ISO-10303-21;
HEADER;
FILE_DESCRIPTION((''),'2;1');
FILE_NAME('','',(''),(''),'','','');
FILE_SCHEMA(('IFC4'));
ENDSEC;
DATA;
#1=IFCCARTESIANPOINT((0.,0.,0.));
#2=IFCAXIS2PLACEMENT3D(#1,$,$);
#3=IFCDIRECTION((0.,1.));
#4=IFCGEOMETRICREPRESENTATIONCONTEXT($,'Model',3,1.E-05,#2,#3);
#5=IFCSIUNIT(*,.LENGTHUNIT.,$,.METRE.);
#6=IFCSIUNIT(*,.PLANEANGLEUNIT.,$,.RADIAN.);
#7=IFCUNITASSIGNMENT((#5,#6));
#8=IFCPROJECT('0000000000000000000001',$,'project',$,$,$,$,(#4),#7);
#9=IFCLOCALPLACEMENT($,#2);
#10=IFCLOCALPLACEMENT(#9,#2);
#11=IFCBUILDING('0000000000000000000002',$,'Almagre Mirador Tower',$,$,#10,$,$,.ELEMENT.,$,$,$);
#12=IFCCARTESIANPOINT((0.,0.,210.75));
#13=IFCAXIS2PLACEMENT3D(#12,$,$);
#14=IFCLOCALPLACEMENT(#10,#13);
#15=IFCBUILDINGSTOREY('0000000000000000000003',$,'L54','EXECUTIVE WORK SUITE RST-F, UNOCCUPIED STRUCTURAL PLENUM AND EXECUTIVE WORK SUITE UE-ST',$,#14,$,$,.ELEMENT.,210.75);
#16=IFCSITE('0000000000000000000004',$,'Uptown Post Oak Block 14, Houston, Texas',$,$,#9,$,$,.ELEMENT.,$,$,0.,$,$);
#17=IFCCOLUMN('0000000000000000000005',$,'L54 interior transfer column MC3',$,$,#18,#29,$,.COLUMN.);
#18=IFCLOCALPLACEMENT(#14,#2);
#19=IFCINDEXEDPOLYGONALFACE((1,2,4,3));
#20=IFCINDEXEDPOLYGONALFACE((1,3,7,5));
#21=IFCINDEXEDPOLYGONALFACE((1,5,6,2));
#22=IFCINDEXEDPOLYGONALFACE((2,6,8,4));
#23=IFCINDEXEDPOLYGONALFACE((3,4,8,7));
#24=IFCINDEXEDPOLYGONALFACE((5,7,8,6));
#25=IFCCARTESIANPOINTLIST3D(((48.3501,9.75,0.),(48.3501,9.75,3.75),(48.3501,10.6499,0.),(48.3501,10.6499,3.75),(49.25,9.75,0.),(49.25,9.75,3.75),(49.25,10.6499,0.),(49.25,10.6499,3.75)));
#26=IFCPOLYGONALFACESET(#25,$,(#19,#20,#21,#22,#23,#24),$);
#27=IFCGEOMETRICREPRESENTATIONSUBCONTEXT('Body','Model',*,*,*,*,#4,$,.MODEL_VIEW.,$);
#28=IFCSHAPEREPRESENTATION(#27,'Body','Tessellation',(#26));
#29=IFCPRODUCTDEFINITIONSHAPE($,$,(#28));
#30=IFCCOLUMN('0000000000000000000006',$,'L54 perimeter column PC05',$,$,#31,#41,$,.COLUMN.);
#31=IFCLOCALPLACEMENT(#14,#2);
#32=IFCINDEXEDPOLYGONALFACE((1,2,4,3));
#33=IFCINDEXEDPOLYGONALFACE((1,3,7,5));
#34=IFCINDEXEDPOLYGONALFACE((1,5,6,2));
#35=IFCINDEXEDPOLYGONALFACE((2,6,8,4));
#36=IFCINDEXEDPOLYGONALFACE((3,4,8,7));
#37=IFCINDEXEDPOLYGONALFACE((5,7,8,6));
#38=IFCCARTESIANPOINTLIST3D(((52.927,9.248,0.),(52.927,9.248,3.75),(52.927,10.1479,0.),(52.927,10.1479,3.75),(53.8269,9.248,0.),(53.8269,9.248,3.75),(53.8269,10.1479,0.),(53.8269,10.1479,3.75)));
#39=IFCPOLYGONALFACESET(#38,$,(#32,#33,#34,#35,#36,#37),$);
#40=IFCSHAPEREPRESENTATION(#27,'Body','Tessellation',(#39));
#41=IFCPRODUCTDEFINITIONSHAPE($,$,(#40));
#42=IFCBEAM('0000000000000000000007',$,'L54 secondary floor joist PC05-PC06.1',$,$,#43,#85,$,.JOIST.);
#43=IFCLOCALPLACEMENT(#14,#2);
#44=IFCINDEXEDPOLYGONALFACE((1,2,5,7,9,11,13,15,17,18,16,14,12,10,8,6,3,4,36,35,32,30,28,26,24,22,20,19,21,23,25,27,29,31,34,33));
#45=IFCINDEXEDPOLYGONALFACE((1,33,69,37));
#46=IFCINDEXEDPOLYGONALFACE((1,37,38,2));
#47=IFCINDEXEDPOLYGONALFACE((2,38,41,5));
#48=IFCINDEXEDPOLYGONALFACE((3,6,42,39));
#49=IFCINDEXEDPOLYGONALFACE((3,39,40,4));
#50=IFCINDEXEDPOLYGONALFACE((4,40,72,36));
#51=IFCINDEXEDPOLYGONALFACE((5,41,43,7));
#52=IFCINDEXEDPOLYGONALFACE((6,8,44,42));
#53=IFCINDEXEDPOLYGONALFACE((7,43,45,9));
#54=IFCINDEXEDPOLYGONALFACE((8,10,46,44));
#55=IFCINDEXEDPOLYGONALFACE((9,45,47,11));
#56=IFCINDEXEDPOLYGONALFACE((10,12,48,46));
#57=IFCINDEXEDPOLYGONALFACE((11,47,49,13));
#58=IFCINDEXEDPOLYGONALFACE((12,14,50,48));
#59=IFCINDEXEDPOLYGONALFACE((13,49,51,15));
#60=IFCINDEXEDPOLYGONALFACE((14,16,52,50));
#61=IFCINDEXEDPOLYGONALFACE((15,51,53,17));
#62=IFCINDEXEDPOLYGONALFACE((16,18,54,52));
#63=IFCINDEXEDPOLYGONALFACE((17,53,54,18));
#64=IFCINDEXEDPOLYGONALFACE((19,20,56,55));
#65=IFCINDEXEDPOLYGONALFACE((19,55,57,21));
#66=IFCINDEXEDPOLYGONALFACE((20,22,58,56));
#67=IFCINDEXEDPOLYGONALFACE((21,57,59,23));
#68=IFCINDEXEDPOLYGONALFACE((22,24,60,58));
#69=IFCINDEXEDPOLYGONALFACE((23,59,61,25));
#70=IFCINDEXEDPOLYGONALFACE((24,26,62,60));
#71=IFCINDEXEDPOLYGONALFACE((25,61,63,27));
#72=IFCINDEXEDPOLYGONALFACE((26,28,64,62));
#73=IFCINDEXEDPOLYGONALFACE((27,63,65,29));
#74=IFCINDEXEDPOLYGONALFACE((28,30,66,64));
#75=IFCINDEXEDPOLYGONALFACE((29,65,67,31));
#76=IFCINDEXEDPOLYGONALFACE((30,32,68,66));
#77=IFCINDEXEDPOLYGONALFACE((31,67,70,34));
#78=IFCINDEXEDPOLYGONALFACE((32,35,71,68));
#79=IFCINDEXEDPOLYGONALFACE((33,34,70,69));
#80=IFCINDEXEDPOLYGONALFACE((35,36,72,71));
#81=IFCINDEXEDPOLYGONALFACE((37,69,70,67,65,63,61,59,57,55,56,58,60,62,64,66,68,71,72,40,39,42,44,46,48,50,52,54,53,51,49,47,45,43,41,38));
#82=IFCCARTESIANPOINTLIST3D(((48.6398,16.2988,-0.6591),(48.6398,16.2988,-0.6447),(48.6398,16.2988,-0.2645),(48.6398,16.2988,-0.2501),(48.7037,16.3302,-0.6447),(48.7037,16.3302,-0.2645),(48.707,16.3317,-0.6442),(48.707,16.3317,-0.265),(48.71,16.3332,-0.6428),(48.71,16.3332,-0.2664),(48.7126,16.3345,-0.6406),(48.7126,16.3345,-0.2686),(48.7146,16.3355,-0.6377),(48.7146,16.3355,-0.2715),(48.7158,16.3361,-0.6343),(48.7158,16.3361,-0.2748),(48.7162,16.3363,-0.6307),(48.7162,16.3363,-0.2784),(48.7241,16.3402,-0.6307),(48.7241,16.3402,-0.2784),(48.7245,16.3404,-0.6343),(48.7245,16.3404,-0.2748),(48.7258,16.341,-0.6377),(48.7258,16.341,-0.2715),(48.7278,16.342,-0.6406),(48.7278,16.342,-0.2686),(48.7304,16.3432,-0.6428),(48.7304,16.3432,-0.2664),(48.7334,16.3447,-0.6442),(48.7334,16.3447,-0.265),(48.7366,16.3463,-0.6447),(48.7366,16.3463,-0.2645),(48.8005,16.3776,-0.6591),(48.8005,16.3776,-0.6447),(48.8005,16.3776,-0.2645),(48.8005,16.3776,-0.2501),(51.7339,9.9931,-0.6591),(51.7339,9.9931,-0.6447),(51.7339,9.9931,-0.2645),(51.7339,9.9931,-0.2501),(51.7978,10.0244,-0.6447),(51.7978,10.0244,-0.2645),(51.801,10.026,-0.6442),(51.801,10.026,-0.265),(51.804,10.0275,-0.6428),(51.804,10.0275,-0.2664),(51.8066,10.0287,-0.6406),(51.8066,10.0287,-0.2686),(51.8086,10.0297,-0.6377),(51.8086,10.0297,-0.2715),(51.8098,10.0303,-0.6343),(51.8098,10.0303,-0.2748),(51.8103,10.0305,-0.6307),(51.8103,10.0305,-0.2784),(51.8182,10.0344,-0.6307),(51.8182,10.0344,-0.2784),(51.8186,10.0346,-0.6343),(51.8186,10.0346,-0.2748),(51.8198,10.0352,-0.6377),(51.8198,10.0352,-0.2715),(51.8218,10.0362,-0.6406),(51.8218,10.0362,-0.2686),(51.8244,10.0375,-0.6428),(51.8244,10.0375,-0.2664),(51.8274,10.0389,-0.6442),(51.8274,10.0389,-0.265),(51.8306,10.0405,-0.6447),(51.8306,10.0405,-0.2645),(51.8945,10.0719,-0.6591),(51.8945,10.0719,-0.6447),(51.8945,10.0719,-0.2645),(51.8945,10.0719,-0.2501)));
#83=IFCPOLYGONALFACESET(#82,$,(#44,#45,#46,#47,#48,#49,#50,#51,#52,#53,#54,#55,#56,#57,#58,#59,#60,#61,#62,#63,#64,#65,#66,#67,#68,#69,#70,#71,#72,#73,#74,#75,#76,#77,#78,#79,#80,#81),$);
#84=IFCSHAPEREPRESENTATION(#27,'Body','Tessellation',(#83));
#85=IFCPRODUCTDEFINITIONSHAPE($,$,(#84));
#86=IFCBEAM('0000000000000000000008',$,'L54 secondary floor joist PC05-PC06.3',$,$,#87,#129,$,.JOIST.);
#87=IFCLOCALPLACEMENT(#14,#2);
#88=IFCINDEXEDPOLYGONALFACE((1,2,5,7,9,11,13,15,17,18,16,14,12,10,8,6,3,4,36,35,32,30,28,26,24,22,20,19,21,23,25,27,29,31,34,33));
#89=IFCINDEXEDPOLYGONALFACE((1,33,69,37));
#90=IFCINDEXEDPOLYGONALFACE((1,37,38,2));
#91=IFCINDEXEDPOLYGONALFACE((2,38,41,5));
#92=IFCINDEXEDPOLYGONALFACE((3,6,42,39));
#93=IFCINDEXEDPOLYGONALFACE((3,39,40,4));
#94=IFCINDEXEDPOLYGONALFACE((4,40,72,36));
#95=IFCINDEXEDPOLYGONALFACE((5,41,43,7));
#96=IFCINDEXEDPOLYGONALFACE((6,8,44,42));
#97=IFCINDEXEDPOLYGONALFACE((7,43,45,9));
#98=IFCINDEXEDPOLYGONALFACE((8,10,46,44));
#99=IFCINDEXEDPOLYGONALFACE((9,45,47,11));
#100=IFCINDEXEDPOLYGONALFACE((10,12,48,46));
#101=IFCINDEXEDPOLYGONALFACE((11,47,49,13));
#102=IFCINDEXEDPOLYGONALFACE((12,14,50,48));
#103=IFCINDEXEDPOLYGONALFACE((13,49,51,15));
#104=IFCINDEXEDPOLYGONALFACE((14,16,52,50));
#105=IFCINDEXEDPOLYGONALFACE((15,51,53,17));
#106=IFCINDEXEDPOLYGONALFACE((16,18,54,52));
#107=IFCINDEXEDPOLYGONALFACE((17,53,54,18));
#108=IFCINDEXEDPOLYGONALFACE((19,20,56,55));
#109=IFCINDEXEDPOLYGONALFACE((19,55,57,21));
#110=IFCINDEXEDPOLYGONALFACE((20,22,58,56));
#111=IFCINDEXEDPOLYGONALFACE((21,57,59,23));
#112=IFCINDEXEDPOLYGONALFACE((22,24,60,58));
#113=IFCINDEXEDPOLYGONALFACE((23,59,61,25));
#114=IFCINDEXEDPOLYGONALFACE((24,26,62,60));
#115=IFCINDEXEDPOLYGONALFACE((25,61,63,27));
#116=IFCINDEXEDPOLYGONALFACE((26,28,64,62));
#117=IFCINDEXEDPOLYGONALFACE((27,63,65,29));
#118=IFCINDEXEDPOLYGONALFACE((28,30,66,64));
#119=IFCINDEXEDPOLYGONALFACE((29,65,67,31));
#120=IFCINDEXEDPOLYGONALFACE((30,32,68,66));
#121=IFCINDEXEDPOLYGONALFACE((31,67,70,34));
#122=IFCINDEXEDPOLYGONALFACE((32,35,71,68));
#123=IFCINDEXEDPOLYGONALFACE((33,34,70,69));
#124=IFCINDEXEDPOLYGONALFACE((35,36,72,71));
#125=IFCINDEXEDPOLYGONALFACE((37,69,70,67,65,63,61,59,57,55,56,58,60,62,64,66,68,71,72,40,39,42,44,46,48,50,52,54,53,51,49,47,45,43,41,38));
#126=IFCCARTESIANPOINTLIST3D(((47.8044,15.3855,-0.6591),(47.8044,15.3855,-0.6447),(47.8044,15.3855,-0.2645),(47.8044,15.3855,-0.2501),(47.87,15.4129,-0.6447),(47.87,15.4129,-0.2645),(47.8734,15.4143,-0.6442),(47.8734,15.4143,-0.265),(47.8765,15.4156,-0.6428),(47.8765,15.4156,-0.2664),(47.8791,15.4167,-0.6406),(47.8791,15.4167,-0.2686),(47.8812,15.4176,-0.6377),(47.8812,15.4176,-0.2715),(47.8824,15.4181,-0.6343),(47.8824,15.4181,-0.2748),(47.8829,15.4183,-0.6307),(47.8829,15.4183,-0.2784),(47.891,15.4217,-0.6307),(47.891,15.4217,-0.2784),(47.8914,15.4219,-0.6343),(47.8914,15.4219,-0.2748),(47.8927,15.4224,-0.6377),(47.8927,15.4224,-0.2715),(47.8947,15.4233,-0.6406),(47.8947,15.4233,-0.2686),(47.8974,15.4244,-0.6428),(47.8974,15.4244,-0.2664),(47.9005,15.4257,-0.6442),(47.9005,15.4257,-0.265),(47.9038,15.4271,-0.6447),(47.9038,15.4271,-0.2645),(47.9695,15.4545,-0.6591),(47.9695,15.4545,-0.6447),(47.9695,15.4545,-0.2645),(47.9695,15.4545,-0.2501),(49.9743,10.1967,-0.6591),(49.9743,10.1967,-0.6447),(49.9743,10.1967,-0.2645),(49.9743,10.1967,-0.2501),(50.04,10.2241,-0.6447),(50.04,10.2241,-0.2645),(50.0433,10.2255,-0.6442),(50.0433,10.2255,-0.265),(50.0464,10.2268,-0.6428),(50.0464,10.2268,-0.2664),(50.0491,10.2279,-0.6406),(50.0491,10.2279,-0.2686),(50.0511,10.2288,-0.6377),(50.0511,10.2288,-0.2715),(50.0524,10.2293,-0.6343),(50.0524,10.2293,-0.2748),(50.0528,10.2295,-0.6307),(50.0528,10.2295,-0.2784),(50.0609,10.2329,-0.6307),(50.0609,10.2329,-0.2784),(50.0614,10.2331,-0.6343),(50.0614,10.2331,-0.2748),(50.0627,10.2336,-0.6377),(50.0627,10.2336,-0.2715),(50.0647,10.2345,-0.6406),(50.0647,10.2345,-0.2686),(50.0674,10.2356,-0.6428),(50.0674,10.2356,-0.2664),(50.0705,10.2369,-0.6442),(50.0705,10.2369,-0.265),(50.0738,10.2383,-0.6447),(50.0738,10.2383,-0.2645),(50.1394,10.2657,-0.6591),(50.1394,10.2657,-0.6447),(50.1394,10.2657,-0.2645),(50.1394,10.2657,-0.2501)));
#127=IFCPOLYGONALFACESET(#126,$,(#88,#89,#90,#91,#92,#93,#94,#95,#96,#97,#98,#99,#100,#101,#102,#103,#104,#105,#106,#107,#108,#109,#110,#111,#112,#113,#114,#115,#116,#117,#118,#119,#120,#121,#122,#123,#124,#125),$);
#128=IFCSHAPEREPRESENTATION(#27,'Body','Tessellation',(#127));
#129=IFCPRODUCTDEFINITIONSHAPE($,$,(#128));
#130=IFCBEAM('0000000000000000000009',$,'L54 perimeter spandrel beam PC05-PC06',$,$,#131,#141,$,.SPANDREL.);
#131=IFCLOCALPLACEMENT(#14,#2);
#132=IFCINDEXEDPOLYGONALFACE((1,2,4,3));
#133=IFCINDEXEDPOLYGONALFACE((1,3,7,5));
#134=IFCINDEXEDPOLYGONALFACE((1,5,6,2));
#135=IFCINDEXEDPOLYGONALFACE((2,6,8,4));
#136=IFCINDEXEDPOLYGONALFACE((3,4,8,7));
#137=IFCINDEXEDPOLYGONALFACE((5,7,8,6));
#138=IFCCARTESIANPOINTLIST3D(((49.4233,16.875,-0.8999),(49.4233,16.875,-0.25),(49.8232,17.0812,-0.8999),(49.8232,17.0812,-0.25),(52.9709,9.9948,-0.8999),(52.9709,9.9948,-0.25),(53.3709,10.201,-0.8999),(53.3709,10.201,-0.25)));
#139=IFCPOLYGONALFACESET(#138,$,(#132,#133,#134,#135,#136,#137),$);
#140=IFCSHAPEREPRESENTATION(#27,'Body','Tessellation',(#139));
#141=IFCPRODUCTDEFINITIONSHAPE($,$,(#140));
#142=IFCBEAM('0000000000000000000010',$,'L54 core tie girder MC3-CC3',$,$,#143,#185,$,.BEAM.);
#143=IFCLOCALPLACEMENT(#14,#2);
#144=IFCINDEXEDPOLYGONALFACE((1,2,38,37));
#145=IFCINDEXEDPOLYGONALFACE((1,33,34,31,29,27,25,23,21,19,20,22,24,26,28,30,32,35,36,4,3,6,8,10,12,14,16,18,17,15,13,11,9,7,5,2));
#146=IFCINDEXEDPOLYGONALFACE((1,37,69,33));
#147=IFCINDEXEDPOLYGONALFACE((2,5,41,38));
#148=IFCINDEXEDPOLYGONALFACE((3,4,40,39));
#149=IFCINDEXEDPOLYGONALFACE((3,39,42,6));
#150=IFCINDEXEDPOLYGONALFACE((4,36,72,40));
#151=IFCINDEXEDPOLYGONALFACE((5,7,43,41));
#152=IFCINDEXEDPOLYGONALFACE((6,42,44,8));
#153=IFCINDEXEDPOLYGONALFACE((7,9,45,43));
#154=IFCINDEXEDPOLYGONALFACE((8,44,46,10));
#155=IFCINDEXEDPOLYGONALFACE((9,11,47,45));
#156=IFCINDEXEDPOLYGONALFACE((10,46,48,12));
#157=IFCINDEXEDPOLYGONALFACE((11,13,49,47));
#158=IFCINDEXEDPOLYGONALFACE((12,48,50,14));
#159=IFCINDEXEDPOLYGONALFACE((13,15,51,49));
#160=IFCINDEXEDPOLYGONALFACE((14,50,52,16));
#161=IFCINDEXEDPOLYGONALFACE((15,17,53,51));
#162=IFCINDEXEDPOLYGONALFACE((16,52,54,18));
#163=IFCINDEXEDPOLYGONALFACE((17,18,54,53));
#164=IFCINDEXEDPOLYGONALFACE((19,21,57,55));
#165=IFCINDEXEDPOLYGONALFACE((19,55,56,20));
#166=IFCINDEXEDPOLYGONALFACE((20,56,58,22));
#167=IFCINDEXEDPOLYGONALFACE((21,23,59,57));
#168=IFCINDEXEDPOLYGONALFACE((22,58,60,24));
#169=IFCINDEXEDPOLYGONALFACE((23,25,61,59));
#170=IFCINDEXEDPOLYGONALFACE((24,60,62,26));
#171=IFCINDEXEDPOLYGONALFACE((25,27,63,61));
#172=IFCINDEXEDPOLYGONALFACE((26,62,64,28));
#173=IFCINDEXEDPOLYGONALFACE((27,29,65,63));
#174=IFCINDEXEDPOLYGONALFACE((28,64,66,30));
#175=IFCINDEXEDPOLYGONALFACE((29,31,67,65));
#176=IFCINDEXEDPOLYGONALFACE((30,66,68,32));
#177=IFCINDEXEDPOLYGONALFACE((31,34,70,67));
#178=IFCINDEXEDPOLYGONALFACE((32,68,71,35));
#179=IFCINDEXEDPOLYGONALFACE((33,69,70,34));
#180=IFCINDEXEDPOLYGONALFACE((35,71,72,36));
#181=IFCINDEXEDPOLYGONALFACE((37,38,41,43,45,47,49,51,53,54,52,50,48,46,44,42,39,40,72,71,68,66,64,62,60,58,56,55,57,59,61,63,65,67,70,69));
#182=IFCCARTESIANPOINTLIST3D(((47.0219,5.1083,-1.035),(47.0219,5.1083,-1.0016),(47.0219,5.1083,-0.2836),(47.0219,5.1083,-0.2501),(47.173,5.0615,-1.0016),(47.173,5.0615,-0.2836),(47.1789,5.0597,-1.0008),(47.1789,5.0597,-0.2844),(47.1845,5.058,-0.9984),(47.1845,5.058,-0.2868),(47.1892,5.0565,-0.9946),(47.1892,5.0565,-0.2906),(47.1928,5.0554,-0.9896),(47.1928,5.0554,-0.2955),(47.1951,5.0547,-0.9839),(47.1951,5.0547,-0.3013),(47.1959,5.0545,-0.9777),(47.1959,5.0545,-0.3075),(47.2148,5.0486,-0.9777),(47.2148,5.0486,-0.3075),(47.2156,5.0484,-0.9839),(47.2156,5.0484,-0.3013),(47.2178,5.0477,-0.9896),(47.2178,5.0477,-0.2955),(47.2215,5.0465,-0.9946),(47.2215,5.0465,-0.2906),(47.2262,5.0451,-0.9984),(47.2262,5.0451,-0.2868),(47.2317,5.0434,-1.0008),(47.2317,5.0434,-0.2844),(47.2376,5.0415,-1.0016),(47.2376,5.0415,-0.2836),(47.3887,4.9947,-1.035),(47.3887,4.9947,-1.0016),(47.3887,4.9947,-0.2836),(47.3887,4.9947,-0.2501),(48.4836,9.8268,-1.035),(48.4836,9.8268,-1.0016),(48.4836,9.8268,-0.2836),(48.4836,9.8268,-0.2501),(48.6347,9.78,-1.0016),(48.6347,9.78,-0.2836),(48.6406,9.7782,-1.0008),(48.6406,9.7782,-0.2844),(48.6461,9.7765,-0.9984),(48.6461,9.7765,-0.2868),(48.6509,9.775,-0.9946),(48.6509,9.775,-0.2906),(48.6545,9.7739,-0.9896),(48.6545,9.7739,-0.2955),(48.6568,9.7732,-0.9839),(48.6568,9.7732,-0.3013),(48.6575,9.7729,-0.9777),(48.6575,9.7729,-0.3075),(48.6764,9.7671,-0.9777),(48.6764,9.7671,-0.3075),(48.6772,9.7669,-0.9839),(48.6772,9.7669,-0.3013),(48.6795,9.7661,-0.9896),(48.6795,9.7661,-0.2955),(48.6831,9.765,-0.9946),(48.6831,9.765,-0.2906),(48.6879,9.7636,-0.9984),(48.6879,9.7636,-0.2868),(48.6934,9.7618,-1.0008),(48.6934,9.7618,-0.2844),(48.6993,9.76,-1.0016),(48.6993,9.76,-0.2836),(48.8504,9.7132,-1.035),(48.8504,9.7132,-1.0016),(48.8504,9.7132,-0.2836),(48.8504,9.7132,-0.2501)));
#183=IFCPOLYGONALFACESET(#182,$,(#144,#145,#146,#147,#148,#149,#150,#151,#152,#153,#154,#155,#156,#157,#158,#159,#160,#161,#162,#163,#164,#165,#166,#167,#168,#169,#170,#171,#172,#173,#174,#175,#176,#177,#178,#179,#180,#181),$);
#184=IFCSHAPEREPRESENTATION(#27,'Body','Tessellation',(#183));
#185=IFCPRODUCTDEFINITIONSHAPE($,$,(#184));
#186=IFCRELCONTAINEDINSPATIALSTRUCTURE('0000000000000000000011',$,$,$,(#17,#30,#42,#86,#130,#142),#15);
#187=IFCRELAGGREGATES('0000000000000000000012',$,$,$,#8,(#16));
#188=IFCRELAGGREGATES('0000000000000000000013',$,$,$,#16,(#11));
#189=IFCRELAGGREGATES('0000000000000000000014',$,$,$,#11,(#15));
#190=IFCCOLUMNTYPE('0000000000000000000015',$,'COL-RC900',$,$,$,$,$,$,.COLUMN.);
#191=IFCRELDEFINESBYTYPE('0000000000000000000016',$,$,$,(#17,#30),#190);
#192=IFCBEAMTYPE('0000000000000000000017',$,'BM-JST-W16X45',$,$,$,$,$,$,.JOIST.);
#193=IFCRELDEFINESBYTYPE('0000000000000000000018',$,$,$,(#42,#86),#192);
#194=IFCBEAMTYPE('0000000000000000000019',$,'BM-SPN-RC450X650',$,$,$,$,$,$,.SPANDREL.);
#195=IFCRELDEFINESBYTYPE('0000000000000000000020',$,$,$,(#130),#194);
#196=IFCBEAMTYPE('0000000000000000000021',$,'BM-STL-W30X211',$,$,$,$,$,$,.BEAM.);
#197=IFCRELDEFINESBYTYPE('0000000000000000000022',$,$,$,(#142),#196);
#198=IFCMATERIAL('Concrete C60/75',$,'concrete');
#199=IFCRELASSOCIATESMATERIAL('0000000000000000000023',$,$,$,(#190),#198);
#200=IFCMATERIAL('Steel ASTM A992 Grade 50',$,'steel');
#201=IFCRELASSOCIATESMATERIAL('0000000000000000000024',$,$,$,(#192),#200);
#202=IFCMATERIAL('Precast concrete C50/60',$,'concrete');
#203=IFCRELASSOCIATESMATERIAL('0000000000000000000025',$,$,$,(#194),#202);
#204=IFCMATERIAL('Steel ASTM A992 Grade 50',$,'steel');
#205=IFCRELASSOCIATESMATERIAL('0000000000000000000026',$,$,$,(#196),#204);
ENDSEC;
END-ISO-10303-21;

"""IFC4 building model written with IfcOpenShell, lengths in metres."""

from ifc_helpers import new_model, si_unit, direction, frame, origin, origin_2d, place, context, subcontext, project, spatial, rectangle, i_section, extrude, material, material_profile, profile_set, type_object, element, save


model = new_model("IFC4")

# Units and contexts
model_context = context("Model", 3, precision=1e-05, world=origin(), true_north=direction((0.0, 1.0)))
body_context = subcontext(model_context, "Body", "Model", "MODEL_VIEW")
ifc_project = project(units=[si_unit("LENGTHUNIT", "METRE"), si_unit("PLANEANGLEUNIT", "RADIAN")], contexts=[model_context])

# Site, building, storey
site_placement = place(None, origin())
site = spatial("IfcSite", under=ifc_project, at=site_placement, Name="Uptown Post Oak Block 14, Houston, Texas", CompositionType="ELEMENT", RefElevation=0.0)
building_placement = place(site_placement, origin())
building = spatial("IfcBuilding", under=site, at=building_placement, Name="Almagre Mirador Tower", CompositionType="ELEMENT")
storey_placement = place(building_placement, frame((0.0, 0.0, 210.75)))
storey = spatial("IfcBuildingStorey", under=building, at=storey_placement, Name="L54", Description="EXECUTIVE WORK SUITE RST-F, UNOCCUPIED STRUCTURAL PLENUM AND EXECUTIVE WORK SUITE UE-ST", CompositionType="ELEMENT", Elevation=210.75)

# Columns
ifc_material_1 = material(Name="Concrete C60/75", Category="concrete")
ifc_material_profile_1 = material_profile(ifc_material_1, rectangle(XDim=0.8999, YDim=0.8999, at=origin_2d()), Name="RC900X900")
ifc_profile_set_1 = profile_set([ifc_material_profile_1], Name="Concrete C60/75")
column_type = type_object("IfcColumnType", Name="COL-RC900", PredefinedType="COLUMN", material=ifc_profile_set_1)
for number, where, z_axis, x_axis, name in (
    (1, (48.8, 10.2, 0.0), (0.0, 0.0, 1.0), (1.0, 0.0, 0.0), "L54 interior transfer column MC3"),
    (2, (53.377, 9.698, 0.0), (0.0, 0.0, 1.0), (1.0, 0.0, 0.0), "L54 perimeter column PC05"),
):
    element("IfcColumn", number, at=place(storey_placement, frame(where, z_axis=z_axis, x_axis=x_axis)), inside=storey, type_object=column_type, Name=name, PredefinedType="COLUMN", context=body_context, shape_type="SweptSolid", body=[
        extrude(rectangle(XDim=0.8999, YDim=0.8999, at=origin_2d()), origin(), (0.0, 0.0, 1.0), 3.75),
    ])

# Beams
ifc_material_2 = material(Name="Steel ASTM A992 Grade 50", Category="steel")
ifc_material_profile_2 = material_profile(ifc_material_2, i_section(OverallWidth=0.179, OverallDepth=0.4089, WebThickness=0.0088, FlangeThickness=0.0144, FilletRadius=0.0139, at=origin_2d()), Name="W16X45")
ifc_profile_set_2 = profile_set([ifc_material_profile_2], Name="Steel ASTM A992 Grade 50")
beam_type_1 = type_object("IfcBeamType", Name="BM-JST-W16X45", PredefinedType="JOIST", material=ifc_profile_set_2)
beam_1_placement = place(storey_placement, frame((51.8142, 10.0325, -0.4546), z_axis=(-0.4405, 0.897753, 0.0), x_axis=(-0.897753, -0.4405, 0.0)))
element("IfcBeam", 3, at=beam_1_placement, inside=storey, type_object=beam_type_1, Name="L54 secondary floor joist PC05-PC06.1", PredefinedType="JOIST", context=body_context, shape_type="SweptSolid", body=[
    extrude(i_section(OverallWidth=0.179, OverallDepth=0.4089, WebThickness=0.0088, FlangeThickness=0.0144, FilletRadius=0.0139, at=origin_2d()), origin(), (0.0, 0.0, 1.0), 7.0239),
])
beam_2_placement = place(storey_placement, frame((50.0569, 10.2312, -0.4546), z_axis=(-0.38582, 0.922574, 0.0), x_axis=(-0.922574, -0.38582, 0.0)))
element("IfcBeam", 4, at=beam_2_placement, inside=storey, type_object=beam_type_1, Name="L54 secondary floor joist PC05-PC06.3", PredefinedType="JOIST", context=body_context, shape_type="SweptSolid", body=[
    extrude(i_section(OverallWidth=0.179, OverallDepth=0.4089, WebThickness=0.0088, FlangeThickness=0.0144, FilletRadius=0.0139, at=origin_2d()), origin(), (0.0, 0.0, 1.0), 5.6243),
])
ifc_material_3 = material(Name="Precast concrete C50/60", Category="concrete")
ifc_material_profile_3 = material_profile(ifc_material_3, rectangle(XDim=0.45, YDim=0.6499, at=origin_2d()), Name="RC450X650")
ifc_profile_set_3 = profile_set([ifc_material_profile_3], Name="Precast concrete C50/60")
beam_type_2 = type_object("IfcBeamType", Name="BM-SPN-RC450X650", PredefinedType="SPANDREL", material=ifc_profile_set_3)
beam_3_placement = place(storey_placement, frame((53.1709, 10.0979, -0.575), z_axis=(-0.458293, 0.888801, 0.0), x_axis=(-0.888801, -0.458293, 0.0)))
element("IfcBeam", 5, at=beam_3_placement, inside=storey, type_object=beam_type_2, Name="L54 perimeter spandrel beam PC05-PC06", PredefinedType="SPANDREL", context=body_context, shape_type="SweptSolid", body=[
    extrude(rectangle(XDim=0.45, YDim=0.6499, at=origin_2d()), origin(), (0.0, 0.0, 1.0), 7.741),
])
ifc_material_4 = material(Name="Steel ASTM A992 Grade 50", Category="steel")
ifc_material_profile_4 = material_profile(ifc_material_4, i_section(OverallWidth=0.384, OverallDepth=0.7849, WebThickness=0.0198, FlangeThickness=0.0334, FilletRadius=0.0239, at=origin_2d()), Name="W30X211")
ifc_profile_set_4 = profile_set([ifc_material_profile_4], Name="Steel ASTM A992 Grade 50")
beam_type_3 = type_object("IfcBeamType", Name="BM-STL-W30X211", PredefinedType="BEAM", material=ifc_profile_set_4)
beam_4_placement = place(storey_placement, frame((48.667, 9.77, -0.6426), z_axis=(-0.295902, -0.955218, 0.0), x_axis=(0.955218, -0.295902, 0.0)))
element("IfcBeam", 6, at=beam_4_placement, inside=storey, type_object=beam_type_3, Name="L54 core tie girder MC3-CC3", PredefinedType="BEAM", context=body_context, shape_type="SweptSolid", body=[
    extrude(i_section(OverallWidth=0.384, OverallDepth=0.7849, WebThickness=0.0198, FlangeThickness=0.0334, FilletRadius=0.0239, at=origin_2d()), origin(), (0.0, 0.0, 1.0), 4.9397),
])

save(model, "model.ifc")
